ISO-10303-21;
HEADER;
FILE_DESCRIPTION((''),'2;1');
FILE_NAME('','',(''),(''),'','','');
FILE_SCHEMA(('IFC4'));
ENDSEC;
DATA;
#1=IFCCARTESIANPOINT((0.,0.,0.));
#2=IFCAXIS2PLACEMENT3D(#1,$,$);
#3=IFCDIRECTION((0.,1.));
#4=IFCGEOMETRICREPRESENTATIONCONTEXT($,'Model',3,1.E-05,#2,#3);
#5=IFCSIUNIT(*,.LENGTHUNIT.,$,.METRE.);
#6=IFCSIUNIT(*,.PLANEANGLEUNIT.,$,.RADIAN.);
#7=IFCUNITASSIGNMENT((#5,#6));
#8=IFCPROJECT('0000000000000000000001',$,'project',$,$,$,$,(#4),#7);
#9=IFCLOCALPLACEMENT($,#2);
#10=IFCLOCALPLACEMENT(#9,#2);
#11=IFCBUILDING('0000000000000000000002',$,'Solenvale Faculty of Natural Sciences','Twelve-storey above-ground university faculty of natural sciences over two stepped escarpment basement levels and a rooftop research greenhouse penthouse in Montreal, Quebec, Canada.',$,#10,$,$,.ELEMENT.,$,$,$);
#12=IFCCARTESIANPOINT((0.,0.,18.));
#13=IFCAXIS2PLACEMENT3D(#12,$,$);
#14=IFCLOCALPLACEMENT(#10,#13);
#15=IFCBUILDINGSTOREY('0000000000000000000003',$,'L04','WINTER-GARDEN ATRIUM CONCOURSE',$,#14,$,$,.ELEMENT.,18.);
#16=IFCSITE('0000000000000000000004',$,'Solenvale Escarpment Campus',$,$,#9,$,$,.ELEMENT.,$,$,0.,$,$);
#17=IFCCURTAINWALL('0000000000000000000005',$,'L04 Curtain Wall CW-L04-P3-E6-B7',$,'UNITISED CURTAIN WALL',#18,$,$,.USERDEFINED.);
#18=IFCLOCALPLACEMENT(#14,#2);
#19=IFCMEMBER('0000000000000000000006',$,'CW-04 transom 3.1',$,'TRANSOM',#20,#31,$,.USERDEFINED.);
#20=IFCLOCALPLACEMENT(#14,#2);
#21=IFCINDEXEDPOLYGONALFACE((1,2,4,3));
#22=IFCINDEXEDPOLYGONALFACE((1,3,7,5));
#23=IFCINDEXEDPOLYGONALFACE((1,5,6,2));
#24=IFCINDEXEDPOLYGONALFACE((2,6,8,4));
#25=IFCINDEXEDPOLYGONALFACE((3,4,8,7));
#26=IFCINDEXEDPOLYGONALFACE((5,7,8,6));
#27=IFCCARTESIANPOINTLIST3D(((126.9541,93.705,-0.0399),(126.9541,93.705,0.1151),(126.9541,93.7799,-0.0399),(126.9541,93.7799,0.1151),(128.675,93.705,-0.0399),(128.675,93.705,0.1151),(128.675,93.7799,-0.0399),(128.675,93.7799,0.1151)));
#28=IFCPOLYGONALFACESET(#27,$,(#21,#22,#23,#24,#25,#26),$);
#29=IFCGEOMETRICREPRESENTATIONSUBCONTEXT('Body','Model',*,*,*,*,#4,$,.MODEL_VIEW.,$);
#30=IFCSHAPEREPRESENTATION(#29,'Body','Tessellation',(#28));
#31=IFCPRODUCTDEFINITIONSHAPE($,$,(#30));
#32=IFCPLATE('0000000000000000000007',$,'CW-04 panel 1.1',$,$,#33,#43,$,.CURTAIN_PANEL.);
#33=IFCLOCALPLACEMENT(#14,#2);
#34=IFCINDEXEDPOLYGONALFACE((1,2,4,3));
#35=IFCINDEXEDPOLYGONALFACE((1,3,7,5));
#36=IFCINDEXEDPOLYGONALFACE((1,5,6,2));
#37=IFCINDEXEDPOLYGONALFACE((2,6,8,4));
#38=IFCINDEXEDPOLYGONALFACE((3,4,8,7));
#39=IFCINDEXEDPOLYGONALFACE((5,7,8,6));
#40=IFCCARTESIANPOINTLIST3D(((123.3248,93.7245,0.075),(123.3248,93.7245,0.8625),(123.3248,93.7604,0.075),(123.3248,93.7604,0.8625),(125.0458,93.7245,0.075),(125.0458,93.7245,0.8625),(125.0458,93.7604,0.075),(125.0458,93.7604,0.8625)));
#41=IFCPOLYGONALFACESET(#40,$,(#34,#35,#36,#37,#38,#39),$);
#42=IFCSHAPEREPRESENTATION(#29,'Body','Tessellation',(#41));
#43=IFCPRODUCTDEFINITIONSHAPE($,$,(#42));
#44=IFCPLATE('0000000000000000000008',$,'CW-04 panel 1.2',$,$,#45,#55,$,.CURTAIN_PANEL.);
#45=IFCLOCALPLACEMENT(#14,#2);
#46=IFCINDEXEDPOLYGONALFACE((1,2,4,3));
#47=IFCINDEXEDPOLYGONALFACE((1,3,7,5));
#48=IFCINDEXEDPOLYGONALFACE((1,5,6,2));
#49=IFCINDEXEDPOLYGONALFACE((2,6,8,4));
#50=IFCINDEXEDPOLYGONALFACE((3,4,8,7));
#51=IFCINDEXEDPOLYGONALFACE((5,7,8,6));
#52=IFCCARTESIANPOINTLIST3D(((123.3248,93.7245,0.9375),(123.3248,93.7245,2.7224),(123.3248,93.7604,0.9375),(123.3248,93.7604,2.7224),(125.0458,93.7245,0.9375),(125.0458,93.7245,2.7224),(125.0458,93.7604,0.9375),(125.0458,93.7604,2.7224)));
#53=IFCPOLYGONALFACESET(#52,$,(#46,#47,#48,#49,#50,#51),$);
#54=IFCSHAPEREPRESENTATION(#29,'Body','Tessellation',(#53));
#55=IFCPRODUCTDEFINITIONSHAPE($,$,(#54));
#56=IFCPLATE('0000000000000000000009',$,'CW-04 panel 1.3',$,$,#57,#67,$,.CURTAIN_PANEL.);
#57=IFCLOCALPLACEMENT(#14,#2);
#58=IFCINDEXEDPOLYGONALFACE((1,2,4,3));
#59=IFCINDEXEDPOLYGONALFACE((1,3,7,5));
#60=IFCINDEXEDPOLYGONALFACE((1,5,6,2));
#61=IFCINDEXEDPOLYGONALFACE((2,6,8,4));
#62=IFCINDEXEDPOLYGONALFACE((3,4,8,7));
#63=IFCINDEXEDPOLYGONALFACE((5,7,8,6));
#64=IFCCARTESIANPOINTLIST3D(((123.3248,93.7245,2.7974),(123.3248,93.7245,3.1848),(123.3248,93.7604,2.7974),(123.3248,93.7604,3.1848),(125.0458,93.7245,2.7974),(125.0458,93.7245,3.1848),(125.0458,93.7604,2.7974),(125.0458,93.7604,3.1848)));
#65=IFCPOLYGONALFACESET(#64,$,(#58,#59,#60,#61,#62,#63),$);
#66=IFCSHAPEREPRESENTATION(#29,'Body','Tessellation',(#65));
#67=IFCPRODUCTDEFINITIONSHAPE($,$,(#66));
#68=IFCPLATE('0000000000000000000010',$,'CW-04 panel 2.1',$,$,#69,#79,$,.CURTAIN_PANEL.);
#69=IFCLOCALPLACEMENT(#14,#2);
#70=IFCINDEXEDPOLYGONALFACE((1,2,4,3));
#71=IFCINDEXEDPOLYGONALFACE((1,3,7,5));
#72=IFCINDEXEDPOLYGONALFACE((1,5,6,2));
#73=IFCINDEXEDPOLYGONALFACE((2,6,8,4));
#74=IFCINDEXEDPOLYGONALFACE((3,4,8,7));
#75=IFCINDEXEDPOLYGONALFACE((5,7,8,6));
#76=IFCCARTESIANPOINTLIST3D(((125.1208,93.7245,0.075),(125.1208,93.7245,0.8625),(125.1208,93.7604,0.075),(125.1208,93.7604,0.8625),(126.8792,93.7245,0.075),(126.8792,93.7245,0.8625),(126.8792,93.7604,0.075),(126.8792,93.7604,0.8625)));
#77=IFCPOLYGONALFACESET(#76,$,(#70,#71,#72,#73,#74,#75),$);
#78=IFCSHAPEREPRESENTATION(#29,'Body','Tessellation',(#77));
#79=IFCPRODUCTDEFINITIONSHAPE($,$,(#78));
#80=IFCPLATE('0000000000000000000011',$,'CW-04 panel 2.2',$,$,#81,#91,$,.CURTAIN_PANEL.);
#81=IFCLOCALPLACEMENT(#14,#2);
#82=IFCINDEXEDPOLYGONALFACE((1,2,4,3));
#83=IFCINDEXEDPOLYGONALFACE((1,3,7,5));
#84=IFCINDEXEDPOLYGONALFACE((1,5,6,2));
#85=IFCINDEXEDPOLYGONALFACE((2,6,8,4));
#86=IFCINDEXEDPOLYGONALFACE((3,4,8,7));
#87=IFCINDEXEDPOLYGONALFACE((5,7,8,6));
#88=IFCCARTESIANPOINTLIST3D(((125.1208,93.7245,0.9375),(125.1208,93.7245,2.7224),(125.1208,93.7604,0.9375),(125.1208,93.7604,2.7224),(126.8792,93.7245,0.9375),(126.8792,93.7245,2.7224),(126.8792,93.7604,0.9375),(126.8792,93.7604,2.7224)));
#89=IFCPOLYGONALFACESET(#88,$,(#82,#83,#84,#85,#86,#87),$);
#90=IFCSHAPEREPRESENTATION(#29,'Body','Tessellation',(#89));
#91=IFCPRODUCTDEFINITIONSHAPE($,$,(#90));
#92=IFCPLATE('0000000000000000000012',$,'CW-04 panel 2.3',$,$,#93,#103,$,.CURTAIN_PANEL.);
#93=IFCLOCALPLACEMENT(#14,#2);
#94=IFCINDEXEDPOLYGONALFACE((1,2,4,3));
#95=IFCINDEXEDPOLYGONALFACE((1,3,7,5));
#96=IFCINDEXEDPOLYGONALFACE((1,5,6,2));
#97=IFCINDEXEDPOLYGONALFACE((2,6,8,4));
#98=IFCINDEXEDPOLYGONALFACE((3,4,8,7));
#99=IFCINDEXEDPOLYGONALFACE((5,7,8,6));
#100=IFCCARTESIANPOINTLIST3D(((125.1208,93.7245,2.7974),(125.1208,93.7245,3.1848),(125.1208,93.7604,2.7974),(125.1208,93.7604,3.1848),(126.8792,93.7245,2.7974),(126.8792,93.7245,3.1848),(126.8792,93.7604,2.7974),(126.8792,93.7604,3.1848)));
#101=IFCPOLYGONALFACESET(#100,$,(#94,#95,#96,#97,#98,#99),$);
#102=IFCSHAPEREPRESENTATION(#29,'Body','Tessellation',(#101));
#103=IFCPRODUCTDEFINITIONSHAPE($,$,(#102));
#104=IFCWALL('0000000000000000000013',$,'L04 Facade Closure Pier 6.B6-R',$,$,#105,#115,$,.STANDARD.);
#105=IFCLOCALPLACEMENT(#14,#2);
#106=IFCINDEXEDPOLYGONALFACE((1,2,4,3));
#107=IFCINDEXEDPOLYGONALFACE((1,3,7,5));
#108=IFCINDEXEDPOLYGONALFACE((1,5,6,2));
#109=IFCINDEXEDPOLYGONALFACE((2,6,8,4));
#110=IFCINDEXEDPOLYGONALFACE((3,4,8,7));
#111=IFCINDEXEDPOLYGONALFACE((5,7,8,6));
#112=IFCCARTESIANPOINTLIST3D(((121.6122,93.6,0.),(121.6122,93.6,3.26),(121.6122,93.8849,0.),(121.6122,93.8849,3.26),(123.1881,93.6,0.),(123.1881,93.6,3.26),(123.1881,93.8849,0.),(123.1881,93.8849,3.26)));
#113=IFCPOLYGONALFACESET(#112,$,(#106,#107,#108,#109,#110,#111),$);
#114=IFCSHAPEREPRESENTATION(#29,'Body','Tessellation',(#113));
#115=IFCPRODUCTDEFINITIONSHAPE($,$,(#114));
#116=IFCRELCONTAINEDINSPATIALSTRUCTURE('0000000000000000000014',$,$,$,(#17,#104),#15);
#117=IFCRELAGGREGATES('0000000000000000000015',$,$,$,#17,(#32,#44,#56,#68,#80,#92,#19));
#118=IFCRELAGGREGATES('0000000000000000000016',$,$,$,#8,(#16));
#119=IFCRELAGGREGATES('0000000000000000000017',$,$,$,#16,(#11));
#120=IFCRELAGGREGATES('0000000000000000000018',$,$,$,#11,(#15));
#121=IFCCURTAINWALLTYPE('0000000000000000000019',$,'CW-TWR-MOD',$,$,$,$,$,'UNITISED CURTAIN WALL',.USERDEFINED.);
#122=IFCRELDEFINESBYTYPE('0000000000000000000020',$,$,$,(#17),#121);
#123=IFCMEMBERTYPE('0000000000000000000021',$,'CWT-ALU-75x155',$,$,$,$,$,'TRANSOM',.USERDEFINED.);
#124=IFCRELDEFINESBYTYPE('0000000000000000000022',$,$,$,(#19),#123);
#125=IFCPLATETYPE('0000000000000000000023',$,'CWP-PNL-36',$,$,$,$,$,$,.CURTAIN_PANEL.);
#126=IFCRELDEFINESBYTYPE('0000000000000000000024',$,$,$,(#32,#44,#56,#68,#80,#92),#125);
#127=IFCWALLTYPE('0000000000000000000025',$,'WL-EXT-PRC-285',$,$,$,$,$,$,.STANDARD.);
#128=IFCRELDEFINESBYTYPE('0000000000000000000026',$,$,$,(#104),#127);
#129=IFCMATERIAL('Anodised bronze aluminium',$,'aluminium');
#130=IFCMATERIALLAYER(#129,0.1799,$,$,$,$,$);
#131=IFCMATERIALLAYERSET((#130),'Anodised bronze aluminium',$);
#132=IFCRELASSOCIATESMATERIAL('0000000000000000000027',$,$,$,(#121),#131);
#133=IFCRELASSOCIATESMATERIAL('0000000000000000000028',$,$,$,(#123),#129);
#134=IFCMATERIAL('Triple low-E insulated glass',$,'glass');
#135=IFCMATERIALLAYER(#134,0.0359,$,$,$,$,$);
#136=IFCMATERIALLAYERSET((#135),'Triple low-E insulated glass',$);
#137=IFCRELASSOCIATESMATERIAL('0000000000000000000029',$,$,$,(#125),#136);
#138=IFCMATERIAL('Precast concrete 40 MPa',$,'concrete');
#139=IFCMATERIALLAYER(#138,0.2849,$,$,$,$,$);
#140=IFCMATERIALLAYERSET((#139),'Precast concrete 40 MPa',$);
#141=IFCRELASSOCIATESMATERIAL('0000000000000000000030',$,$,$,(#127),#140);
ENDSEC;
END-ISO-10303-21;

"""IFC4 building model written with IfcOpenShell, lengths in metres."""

from ifc_helpers import new_model, si_unit, direction, frame, frame_2d, origin, origin_2d, place, context, subcontext, project, spatial, rectangle, extrude, material, layer, layer_set, material_profile, profile_set, type_object, element, aggregate, save


model = new_model("IFC4")

# Units and contexts
model_context = context("Model", 3, precision=1e-05, world=origin(), true_north=direction((0.0, 1.0)))
body_context = subcontext(model_context, "Body", "Model", "MODEL_VIEW")
ifc_project = project(units=[si_unit("LENGTHUNIT", "METRE"), si_unit("PLANEANGLEUNIT", "RADIAN")], contexts=[model_context])

# Site, building, storey
site_placement = place(None, origin())
site = spatial("IfcSite", under=ifc_project, at=site_placement, Name="Solenvale Escarpment Campus", CompositionType="ELEMENT", RefElevation=0.0)
building_placement = place(site_placement, origin())
building = spatial("IfcBuilding", under=site, at=building_placement, Name="Solenvale Faculty of Natural Sciences", Description="Twelve-storey above-ground university faculty of natural sciences over two stepped escarpment basement levels and a rooftop research greenhouse penthouse in Montreal, Quebec, Canada.", CompositionType="ELEMENT")
storey_placement = place(building_placement, frame((0.0, 0.0, 18.0)))
storey = spatial("IfcBuildingStorey", under=building, at=storey_placement, Name="L04", Description="WINTER-GARDEN ATRIUM CONCOURSE", CompositionType="ELEMENT", Elevation=18.0)

# Curtain wall, member, plates
ifc_material_1 = material(Name="Anodised bronze aluminium", Category="aluminium")
ifc_layer_1 = layer(ifc_material_1, 0.1799)
ifc_layer_set_1 = layer_set([ifc_layer_1], Name="Anodised bronze aluminium")
curtain_wall_type = type_object("IfcCurtainWallType", Name="CW-TWR-MOD", ElementType="UNITISED CURTAIN WALL", PredefinedType="USERDEFINED", material=ifc_layer_set_1)
curtain_wall_placement = place(storey_placement, origin())
curtain_wall = element("IfcCurtainWall", 1, at=curtain_wall_placement, inside=storey, type_object=curtain_wall_type, Name="L04 Curtain Wall CW-L04-P3-E6-B7", ObjectType="UNITISED CURTAIN WALL", PredefinedType="USERDEFINED")
ifc_material_profile_1 = material_profile(ifc_material_1, rectangle(XDim=0.075, YDim=0.155, at=origin_2d()), Name="ALU-TRN-75x155")
ifc_profile_set_1 = profile_set([ifc_material_profile_1], Name="Anodised bronze aluminium")
member_type_1 = type_object("IfcMemberType", Name="CWT-ALU-75x155", ElementType="TRANSOM", PredefinedType="USERDEFINED", material=ifc_profile_set_1)
member_1_placement = place(storey_placement, frame((126.9541, 93.7424, 0.0376), z_axis=(1.0, 0.0, 0.0), x_axis=(0.0, 1.0, 0.0)))
member_1 = element("IfcMember", 2, at=member_1_placement, type_object=member_type_1, Name="CW-04 transom 3.1", ObjectType="TRANSOM", PredefinedType="USERDEFINED", context=body_context, shape_type="SweptSolid", body=[
    extrude(rectangle(XDim=0.075, YDim=0.155, at=origin_2d()), origin(), (0.0, 0.0, 1.0), 1.7209),
])
ifc_material_2 = material(Name="Triple low-E insulated glass", Category="glass")
ifc_layer_2 = layer(ifc_material_2, 0.0359)
ifc_layer_set_2 = layer_set([ifc_layer_2], Name="Triple low-E insulated glass")
plate_type = type_object("IfcPlateType", Name="CWP-PNL-36", PredefinedType="CURTAIN_PANEL", material=ifc_layer_set_2)
plate_1_placement = place(storey_placement, frame((124.1853, 93.7424, 0.075), z_axis=(0.0, 0.0, 1.0), x_axis=(1.0, 0.0, 0.0)))
plate_1 = element("IfcPlate", 3, at=plate_1_placement, type_object=plate_type, Name="CW-04 panel 1.1", PredefinedType="CURTAIN_PANEL", context=body_context, shape_type="SweptSolid", body=[
    extrude(rectangle(XDim=1.7209, YDim=0.0359, at=origin_2d()), origin(), (0.0, 0.0, 1.0), 0.7876),
])
plate_2_placement = place(storey_placement, frame((124.1853, 93.7424, 0.9375), z_axis=(0.0, 0.0, 1.0), x_axis=(1.0, 0.0, 0.0)))
plate_2 = element("IfcPlate", 4, at=plate_2_placement, type_object=plate_type, Name="CW-04 panel 1.2", PredefinedType="CURTAIN_PANEL", context=body_context, shape_type="SweptSolid", body=[
    extrude(rectangle(XDim=1.7209, YDim=0.0359, at=origin_2d()), origin(), (0.0, 0.0, 1.0), 1.7849),
])
plate_3_placement = place(storey_placement, frame((124.1853, 93.7424, 2.7974), z_axis=(0.0, 0.0, 1.0), x_axis=(1.0, 0.0, 0.0)))
plate_3 = element("IfcPlate", 5, at=plate_3_placement, type_object=plate_type, Name="CW-04 panel 1.3", PredefinedType="CURTAIN_PANEL", context=body_context, shape_type="SweptSolid", body=[
    extrude(rectangle(XDim=1.7209, YDim=0.0359, at=origin_2d()), origin(), (0.0, 0.0, 1.0), 0.3875),
])
plate_4_placement = place(storey_placement, frame((126.0, 93.7424, 0.075), z_axis=(0.0, 0.0, 1.0), x_axis=(1.0, 0.0, 0.0)))
plate_4 = element("IfcPlate", 6, at=plate_4_placement, type_object=plate_type, Name="CW-04 panel 2.1", PredefinedType="CURTAIN_PANEL", context=body_context, shape_type="SweptSolid", body=[
    extrude(rectangle(XDim=1.7583, YDim=0.0359, at=origin_2d()), origin(), (0.0, 0.0, 1.0), 0.7876),
])
plate_5_placement = place(storey_placement, frame((126.0, 93.7424, 0.9375), z_axis=(0.0, 0.0, 1.0), x_axis=(1.0, 0.0, 0.0)))
plate_5 = element("IfcPlate", 7, at=plate_5_placement, type_object=plate_type, Name="CW-04 panel 2.2", PredefinedType="CURTAIN_PANEL", context=body_context, shape_type="SweptSolid", body=[
    extrude(rectangle(XDim=1.7583, YDim=0.0359, at=origin_2d()), origin(), (0.0, 0.0, 1.0), 1.7849),
])
plate_6_placement = place(storey_placement, frame((126.0, 93.7424, 2.7974), z_axis=(0.0, 0.0, 1.0), x_axis=(1.0, 0.0, 0.0)))
plate_6 = element("IfcPlate", 8, at=plate_6_placement, type_object=plate_type, Name="CW-04 panel 2.3", PredefinedType="CURTAIN_PANEL", context=body_context, shape_type="SweptSolid", body=[
    extrude(rectangle(XDim=1.7583, YDim=0.0359, at=origin_2d()), origin(), (0.0, 0.0, 1.0), 0.3875),
])
aggregate(curtain_wall, [plate_1, plate_2, plate_3, plate_4, plate_5, plate_6, member_1])

# Wall
ifc_material_3 = material(Name="Precast concrete 40 MPa", Category="concrete")
ifc_layer_3 = layer(ifc_material_3, 0.2849)
ifc_layer_set_3 = layer_set([ifc_layer_3], Name="Precast concrete 40 MPa")
wall_type = type_object("IfcWallType", Name="WL-EXT-PRC-285", PredefinedType="STANDARD", material=ifc_layer_set_3)
wall_placement = place(storey_placement, frame((121.6121, 93.7424, 0.0), z_axis=(0.0, 0.0, 1.0), x_axis=(1.0, 0.0, 0.0)))
element("IfcWall", 9, at=wall_placement, inside=storey, type_object=wall_type, Name="L04 Facade Closure Pier 6.B6-R", PredefinedType="STANDARD", context=body_context, shape_type="SweptSolid", body=[
    extrude(rectangle(XDim=1.5759, YDim=0.2849, at=frame_2d((0.7881, 0.0))), origin(), (0.0, 0.0, 1.0), 3.26),
])

save(model, "model.ifc")
